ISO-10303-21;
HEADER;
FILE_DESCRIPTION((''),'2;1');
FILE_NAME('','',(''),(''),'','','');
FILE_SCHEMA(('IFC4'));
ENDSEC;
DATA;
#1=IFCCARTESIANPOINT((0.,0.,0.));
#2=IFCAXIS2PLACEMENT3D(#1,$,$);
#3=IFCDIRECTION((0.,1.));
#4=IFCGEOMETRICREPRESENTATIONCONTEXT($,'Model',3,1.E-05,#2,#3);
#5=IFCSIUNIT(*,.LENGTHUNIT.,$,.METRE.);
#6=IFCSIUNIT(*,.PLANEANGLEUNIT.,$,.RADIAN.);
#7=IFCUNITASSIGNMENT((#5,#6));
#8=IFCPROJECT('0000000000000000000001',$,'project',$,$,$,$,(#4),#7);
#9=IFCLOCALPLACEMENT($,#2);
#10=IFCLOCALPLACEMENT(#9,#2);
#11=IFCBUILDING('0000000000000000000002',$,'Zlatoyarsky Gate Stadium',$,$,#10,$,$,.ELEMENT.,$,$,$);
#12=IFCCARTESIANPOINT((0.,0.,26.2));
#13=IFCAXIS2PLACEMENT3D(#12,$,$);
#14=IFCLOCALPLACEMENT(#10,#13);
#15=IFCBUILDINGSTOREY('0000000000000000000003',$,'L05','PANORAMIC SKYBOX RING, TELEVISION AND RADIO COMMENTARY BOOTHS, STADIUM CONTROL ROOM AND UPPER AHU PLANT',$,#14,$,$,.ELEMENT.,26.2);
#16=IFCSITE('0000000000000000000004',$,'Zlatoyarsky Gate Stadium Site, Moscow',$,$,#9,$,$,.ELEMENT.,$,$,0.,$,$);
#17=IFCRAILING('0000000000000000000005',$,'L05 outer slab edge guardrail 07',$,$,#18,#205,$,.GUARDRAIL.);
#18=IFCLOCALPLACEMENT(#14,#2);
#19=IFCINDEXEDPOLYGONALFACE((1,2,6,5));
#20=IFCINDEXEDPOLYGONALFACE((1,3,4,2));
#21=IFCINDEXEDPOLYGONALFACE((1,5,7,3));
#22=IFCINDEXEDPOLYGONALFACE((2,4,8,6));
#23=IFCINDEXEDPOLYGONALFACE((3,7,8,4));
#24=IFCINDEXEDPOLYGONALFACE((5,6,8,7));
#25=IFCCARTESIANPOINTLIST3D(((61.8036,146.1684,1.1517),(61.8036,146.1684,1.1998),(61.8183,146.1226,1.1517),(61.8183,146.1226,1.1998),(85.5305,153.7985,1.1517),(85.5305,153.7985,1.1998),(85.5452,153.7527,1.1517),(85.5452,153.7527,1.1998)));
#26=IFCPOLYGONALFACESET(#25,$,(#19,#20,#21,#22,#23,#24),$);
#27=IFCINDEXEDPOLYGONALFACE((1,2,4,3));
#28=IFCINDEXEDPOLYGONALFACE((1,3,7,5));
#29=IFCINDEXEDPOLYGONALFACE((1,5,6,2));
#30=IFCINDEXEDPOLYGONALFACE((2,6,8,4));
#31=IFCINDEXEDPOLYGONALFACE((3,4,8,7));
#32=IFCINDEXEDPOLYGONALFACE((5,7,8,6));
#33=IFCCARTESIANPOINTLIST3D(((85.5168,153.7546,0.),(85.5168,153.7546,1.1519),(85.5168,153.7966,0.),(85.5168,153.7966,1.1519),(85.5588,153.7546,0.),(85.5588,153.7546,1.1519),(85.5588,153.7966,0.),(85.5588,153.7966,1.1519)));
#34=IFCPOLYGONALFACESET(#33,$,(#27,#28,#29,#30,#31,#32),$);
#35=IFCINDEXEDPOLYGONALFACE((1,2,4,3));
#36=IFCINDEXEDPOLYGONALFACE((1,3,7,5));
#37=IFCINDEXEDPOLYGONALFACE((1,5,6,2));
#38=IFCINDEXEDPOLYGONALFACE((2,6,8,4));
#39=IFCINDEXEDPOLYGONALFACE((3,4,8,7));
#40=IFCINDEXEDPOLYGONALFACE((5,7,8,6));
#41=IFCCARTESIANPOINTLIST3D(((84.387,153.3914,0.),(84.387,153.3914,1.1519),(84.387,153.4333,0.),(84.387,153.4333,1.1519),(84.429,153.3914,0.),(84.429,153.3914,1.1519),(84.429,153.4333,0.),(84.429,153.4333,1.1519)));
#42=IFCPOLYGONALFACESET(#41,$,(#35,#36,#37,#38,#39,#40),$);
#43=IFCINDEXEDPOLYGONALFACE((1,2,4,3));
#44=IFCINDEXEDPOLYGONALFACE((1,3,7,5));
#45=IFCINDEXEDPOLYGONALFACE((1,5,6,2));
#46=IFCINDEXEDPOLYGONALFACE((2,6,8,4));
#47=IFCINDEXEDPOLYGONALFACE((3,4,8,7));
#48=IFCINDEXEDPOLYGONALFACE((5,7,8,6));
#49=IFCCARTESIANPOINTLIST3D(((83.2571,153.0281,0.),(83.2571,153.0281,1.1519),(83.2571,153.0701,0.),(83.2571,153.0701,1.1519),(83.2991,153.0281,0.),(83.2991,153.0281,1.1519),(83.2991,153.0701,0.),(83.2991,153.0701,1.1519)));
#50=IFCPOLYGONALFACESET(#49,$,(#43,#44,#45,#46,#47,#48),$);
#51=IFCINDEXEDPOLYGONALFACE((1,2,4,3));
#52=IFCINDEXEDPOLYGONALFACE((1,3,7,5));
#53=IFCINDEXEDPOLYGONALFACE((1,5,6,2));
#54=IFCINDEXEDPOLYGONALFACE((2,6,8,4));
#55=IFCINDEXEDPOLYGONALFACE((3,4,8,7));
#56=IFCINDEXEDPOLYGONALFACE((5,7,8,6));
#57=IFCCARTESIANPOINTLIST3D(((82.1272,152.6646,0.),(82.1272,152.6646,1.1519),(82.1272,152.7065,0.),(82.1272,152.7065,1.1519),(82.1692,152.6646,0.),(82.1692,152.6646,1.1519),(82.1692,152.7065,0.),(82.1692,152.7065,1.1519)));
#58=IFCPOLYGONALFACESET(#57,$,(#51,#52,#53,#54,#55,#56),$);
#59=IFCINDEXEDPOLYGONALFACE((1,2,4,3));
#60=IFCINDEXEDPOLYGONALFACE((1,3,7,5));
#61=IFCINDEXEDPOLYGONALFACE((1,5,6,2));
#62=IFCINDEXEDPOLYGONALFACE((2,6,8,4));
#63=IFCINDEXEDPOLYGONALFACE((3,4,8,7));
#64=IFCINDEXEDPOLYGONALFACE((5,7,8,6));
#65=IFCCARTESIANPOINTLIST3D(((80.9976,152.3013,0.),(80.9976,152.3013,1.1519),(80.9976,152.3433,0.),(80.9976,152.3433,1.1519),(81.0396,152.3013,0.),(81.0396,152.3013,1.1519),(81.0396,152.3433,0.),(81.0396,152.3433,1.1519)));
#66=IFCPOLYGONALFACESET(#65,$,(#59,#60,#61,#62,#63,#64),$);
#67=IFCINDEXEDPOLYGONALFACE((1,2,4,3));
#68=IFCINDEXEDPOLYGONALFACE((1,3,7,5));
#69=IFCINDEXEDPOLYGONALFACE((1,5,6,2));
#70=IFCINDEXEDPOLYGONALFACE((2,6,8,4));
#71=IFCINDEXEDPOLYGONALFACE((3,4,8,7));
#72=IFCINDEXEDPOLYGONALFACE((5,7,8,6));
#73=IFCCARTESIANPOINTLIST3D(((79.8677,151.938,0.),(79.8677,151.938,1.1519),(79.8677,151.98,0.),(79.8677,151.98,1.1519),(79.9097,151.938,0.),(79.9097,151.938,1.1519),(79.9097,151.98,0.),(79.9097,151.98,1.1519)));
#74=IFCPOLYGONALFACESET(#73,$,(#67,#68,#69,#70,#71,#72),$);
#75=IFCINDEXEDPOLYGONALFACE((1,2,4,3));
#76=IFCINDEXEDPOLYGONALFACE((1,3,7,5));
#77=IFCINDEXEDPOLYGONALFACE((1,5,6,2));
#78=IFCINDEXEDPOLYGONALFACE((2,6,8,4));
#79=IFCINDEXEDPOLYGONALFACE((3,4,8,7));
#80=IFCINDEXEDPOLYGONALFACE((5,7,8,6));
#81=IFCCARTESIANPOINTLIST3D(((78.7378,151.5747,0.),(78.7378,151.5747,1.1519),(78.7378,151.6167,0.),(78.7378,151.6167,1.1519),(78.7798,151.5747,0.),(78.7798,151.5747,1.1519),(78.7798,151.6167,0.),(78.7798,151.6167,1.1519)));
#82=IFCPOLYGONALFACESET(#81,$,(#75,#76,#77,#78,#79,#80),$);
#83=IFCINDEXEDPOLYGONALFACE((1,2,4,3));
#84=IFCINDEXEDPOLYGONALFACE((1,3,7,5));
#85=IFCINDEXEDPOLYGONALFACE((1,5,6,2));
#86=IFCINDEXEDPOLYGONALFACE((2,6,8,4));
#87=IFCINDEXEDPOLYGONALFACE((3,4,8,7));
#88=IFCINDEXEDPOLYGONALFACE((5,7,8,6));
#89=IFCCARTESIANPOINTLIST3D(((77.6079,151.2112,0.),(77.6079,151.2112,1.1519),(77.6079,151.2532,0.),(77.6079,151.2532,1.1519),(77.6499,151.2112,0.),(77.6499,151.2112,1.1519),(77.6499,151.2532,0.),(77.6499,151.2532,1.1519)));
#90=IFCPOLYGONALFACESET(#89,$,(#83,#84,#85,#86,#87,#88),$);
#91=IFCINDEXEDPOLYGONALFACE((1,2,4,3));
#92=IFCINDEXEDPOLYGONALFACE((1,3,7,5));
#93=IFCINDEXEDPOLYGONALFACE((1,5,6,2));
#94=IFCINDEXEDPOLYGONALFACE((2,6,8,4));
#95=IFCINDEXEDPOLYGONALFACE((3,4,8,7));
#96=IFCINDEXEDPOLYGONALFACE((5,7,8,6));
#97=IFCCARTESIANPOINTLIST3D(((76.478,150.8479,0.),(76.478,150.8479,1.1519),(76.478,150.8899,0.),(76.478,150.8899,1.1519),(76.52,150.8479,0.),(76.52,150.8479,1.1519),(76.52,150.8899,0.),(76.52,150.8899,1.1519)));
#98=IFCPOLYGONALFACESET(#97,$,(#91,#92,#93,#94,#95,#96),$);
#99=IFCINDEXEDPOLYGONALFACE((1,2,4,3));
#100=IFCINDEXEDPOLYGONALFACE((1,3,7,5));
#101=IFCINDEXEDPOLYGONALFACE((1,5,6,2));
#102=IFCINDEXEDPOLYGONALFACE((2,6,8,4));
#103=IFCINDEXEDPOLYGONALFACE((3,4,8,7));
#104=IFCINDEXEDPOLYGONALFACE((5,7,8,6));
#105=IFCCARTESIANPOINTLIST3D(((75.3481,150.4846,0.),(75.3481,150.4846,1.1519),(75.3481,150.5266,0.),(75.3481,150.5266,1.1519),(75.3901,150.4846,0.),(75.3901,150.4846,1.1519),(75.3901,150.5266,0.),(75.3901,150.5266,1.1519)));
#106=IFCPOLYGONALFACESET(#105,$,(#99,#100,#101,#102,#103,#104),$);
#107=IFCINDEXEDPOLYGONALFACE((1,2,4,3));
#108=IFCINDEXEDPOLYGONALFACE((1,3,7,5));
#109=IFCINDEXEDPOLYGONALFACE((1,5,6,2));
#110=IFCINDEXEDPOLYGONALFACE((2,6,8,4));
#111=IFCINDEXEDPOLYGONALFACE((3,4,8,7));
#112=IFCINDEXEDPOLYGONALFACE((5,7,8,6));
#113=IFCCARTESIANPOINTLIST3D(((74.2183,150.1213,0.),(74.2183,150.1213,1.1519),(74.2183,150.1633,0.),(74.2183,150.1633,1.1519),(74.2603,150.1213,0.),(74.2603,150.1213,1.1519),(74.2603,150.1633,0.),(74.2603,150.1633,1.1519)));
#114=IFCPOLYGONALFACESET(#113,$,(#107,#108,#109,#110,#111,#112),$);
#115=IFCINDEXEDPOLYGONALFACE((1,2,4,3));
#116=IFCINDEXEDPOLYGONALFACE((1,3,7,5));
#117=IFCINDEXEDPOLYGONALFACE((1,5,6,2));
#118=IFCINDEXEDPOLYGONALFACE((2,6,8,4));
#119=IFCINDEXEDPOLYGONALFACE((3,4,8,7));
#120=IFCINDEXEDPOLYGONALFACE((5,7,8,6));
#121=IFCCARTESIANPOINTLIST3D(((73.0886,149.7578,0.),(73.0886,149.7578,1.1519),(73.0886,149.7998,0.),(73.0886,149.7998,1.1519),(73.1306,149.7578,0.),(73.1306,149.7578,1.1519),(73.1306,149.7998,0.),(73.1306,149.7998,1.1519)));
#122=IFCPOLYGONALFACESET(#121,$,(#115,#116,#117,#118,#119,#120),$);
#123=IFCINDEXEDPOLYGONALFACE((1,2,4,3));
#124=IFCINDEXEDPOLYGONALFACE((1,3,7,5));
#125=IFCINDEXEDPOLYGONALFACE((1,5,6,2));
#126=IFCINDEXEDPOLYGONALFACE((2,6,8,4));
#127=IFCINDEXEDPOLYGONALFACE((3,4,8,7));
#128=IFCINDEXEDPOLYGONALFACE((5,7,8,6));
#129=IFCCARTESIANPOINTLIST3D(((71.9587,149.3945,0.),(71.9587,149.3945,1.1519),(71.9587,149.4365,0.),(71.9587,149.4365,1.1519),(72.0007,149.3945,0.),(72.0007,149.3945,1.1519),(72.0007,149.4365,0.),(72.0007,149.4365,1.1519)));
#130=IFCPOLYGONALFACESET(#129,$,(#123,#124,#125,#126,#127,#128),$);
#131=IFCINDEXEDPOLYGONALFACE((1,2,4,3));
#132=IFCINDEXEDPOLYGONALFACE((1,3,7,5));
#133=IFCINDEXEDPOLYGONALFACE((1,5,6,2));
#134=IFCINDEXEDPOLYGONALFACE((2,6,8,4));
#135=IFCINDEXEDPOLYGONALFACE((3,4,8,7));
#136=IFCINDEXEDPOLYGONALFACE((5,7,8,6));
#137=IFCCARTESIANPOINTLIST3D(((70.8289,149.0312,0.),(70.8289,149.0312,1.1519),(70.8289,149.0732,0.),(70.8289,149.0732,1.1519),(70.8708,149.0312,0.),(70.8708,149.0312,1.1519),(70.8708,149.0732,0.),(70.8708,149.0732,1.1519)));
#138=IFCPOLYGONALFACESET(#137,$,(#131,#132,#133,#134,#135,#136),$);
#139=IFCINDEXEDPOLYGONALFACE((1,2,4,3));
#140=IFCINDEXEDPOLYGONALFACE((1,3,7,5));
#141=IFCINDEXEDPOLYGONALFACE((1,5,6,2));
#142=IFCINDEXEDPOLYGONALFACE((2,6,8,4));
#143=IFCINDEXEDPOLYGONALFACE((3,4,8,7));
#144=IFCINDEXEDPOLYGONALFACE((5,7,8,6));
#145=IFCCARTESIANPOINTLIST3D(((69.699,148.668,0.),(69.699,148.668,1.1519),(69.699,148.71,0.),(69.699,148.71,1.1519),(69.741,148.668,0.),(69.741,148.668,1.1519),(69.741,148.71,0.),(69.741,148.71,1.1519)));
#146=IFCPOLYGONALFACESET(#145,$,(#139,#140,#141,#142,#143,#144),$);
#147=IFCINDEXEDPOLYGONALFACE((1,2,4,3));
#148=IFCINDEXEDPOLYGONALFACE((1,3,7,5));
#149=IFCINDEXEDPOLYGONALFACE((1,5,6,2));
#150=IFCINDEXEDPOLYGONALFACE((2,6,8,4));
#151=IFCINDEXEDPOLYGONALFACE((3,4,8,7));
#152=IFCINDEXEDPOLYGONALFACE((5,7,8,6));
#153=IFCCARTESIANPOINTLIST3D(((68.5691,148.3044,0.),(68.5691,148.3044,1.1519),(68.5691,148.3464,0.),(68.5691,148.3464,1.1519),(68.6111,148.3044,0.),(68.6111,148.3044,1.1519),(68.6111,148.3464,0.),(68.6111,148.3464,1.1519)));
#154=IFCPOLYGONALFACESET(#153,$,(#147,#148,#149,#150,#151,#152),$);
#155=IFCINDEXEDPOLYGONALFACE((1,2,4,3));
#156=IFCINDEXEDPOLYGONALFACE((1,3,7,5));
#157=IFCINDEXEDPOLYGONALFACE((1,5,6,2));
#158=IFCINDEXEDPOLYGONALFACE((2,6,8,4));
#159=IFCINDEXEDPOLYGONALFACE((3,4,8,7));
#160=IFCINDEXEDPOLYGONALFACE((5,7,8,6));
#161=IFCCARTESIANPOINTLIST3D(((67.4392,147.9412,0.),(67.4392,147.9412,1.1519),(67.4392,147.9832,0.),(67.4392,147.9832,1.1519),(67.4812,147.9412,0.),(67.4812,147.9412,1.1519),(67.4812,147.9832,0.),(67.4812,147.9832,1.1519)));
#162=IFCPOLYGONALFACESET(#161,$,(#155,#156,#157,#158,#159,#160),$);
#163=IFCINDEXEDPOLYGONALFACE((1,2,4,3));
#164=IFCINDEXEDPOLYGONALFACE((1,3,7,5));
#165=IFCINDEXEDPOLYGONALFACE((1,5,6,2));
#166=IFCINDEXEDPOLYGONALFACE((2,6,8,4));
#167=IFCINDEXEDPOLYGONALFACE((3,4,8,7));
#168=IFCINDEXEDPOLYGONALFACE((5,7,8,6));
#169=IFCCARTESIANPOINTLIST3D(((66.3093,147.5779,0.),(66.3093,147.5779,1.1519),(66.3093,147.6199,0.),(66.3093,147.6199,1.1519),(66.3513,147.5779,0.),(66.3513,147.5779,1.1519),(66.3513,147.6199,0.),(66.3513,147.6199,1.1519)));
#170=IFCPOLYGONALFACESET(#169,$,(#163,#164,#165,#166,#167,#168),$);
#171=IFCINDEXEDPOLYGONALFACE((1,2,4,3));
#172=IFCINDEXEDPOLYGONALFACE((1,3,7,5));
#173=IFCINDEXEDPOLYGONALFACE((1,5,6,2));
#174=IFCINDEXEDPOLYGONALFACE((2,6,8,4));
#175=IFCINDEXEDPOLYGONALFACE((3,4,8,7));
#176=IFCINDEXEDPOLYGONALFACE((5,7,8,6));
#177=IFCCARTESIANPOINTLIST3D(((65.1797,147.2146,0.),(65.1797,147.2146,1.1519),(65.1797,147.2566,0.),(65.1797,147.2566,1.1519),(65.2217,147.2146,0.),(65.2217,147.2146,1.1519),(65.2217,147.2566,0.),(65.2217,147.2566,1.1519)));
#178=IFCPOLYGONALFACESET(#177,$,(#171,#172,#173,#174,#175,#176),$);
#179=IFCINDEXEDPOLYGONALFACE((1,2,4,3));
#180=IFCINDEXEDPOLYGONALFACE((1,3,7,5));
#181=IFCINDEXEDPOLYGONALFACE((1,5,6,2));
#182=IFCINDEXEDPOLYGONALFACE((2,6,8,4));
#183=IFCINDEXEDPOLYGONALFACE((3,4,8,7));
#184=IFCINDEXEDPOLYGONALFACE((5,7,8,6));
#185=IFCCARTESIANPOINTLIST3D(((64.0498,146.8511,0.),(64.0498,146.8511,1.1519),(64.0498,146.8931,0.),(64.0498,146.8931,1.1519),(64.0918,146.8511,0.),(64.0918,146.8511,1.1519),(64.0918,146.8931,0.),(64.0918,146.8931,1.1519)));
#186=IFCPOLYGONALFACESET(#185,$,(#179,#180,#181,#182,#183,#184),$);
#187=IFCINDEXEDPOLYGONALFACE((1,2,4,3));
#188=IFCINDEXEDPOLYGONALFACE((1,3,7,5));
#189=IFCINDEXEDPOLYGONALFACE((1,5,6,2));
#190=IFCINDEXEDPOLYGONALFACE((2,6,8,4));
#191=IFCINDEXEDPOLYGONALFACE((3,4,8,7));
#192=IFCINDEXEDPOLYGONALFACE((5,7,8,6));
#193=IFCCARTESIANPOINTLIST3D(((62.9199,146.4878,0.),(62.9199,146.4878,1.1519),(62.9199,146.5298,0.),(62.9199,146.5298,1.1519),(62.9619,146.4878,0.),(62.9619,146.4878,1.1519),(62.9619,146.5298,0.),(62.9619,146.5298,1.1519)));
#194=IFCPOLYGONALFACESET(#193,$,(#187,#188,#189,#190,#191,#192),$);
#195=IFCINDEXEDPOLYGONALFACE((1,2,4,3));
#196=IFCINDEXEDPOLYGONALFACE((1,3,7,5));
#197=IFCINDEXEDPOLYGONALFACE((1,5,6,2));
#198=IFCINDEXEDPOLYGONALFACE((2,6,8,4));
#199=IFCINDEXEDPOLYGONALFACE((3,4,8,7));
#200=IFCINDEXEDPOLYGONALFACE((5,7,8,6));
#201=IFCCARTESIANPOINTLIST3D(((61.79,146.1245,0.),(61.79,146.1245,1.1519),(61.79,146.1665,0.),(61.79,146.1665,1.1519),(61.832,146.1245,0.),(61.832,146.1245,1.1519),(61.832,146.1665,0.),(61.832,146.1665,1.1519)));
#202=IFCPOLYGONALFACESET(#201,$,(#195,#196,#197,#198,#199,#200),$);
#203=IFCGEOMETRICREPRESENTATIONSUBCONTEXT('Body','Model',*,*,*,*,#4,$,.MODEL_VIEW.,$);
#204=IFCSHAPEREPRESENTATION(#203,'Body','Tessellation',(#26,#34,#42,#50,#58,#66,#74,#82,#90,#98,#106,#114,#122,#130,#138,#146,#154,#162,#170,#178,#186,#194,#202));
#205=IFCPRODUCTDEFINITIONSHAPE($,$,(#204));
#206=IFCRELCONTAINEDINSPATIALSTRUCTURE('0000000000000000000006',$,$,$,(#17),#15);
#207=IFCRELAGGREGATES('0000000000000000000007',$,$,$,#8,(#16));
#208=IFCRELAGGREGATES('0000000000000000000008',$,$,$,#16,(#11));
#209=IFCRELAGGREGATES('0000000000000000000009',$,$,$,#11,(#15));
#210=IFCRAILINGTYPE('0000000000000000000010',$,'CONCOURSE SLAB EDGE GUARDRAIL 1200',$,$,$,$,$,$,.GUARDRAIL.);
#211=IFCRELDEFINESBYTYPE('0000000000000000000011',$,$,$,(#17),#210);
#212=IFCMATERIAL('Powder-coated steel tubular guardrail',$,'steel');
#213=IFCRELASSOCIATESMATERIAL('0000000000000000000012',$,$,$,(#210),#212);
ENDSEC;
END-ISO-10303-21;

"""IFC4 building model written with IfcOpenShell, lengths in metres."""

from ifc_helpers import new_model, si_unit, direction, frame, origin, origin_2d, place, context, subcontext, project, spatial, rectangle, extrude, material, type_object, element, save


model = new_model("IFC4")

# Units and contexts
model_context = context("Model", 3, precision=1e-05, world=origin(), true_north=direction((0.0, 1.0)))
body_context = subcontext(model_context, "Body", "Model", "MODEL_VIEW")
ifc_project = project(units=[si_unit("LENGTHUNIT", "METRE"), si_unit("PLANEANGLEUNIT", "RADIAN")], contexts=[model_context])

# Site, building, storey
site_placement = place(None, origin())
site = spatial("IfcSite", under=ifc_project, at=site_placement, Name="Zlatoyarsky Gate Stadium Site, Moscow", CompositionType="ELEMENT", RefElevation=0.0)
building_placement = place(site_placement, origin())
building = spatial("IfcBuilding", under=site, at=building_placement, Name="Zlatoyarsky Gate Stadium", CompositionType="ELEMENT")
storey_placement = place(building_placement, frame((0.0, 0.0, 26.2)))
storey = spatial("IfcBuildingStorey", under=building, at=storey_placement, Name="L05", Description="PANORAMIC SKYBOX RING, TELEVISION AND RADIO COMMENTARY BOOTHS, STADIUM CONTROL ROOM AND UPPER AHU PLANT", CompositionType="ELEMENT", Elevation=26.2)

# Railing
ifc_material_1 = material(Name="Powder-coated steel tubular guardrail", Category="steel")
railing_type = type_object("IfcRailingType", Name="CONCOURSE SLAB EDGE GUARDRAIL 1200", PredefinedType="GUARDRAIL", material=ifc_material_1)
railing_placement = place(storey_placement, frame((85.5378, 153.7756, 0.0)))
element("IfcRailing", 1, at=railing_placement, inside=storey, type_object=railing_type, Name="L05 outer slab edge guardrail 07", PredefinedType="GUARDRAIL", context=body_context, shape_type="SweptSolid", body=[
    extrude(rectangle(XDim=0.0481, YDim=0.0481, at=origin_2d()), frame((0.0, 0.0, 1.1758), z_axis=(-0.951986, -0.306142, 0.0), x_axis=(0.306142, -0.951986, 0.0)), (0.0, 0.0, 1.0), 24.9236),
    extrude(rectangle(XDim=0.042, YDim=0.042, at=origin_2d()), origin(), (0.0, 0.0, 1.0), 1.1519),
    extrude(rectangle(XDim=0.042, YDim=0.042, at=origin_2d()), frame((-1.1299, -0.3633, 0.0)), (0.0, 0.0, 1.0), 1.1519),
    extrude(rectangle(XDim=0.042, YDim=0.042, at=origin_2d()), frame((-2.2598, -0.7266, 0.0)), (0.0, 0.0, 1.0), 1.1519),
    extrude(rectangle(XDim=0.042, YDim=0.042, at=origin_2d()), frame((-3.3896, -1.0901, 0.0)), (0.0, 0.0, 1.0), 1.1519),
    extrude(rectangle(XDim=0.042, YDim=0.042, at=origin_2d()), frame((-4.5193, -1.4534, 0.0)), (0.0, 0.0, 1.0), 1.1519),
    extrude(rectangle(XDim=0.042, YDim=0.042, at=origin_2d()), frame((-5.6492, -1.8167, 0.0)), (0.0, 0.0, 1.0), 1.1519),
    extrude(rectangle(XDim=0.042, YDim=0.042, at=origin_2d()), frame((-6.7791, -2.1799, 0.0)), (0.0, 0.0, 1.0), 1.1519),
    extrude(rectangle(XDim=0.042, YDim=0.042, at=origin_2d()), frame((-7.9089, -2.5435, 0.0)), (0.0, 0.0, 1.0), 1.1519),
    extrude(rectangle(XDim=0.042, YDim=0.042, at=origin_2d()), frame((-9.0388, -2.9067, 0.0)), (0.0, 0.0, 1.0), 1.1519),
    extrude(rectangle(XDim=0.042, YDim=0.042, at=origin_2d()), frame((-10.1687, -3.27, 0.0)), (0.0, 0.0, 1.0), 1.1519),
    extrude(rectangle(XDim=0.042, YDim=0.042, at=origin_2d()), frame((-11.2986, -3.6333, 0.0)), (0.0, 0.0, 1.0), 1.1519),
    extrude(rectangle(XDim=0.042, YDim=0.042, at=origin_2d()), frame((-12.4282, -3.9968, 0.0)), (0.0, 0.0, 1.0), 1.1519),
    extrude(rectangle(XDim=0.042, YDim=0.042, at=origin_2d()), frame((-13.5581, -4.3601, 0.0)), (0.0, 0.0, 1.0), 1.1519),
    extrude(rectangle(XDim=0.042, YDim=0.042, at=origin_2d()), frame((-14.688, -4.7234, 0.0)), (0.0, 0.0, 1.0), 1.1519),
    extrude(rectangle(XDim=0.042, YDim=0.042, at=origin_2d()), frame((-15.8179, -5.0867, 0.0)), (0.0, 0.0, 1.0), 1.1519),
    extrude(rectangle(XDim=0.042, YDim=0.042, at=origin_2d()), frame((-16.9478, -5.4502, 0.0)), (0.0, 0.0, 1.0), 1.1519),
    extrude(rectangle(XDim=0.042, YDim=0.042, at=origin_2d()), frame((-18.0776, -5.8135, 0.0)), (0.0, 0.0, 1.0), 1.1519),
    extrude(rectangle(XDim=0.042, YDim=0.042, at=origin_2d()), frame((-19.2075, -6.1768, 0.0)), (0.0, 0.0, 1.0), 1.1519),
    extrude(rectangle(XDim=0.042, YDim=0.042, at=origin_2d()), frame((-20.3372, -6.54, 0.0)), (0.0, 0.0, 1.0), 1.1519),
    extrude(rectangle(XDim=0.042, YDim=0.042, at=origin_2d()), frame((-21.467, -6.9036, 0.0)), (0.0, 0.0, 1.0), 1.1519),
    extrude(rectangle(XDim=0.042, YDim=0.042, at=origin_2d()), frame((-22.5969, -7.2668, 0.0)), (0.0, 0.0, 1.0), 1.1519),
    extrude(rectangle(XDim=0.042, YDim=0.042, at=origin_2d()), frame((-23.7268, -7.6301, 0.0)), (0.0, 0.0, 1.0), 1.1519),
])

save(model, "model.ifc")
